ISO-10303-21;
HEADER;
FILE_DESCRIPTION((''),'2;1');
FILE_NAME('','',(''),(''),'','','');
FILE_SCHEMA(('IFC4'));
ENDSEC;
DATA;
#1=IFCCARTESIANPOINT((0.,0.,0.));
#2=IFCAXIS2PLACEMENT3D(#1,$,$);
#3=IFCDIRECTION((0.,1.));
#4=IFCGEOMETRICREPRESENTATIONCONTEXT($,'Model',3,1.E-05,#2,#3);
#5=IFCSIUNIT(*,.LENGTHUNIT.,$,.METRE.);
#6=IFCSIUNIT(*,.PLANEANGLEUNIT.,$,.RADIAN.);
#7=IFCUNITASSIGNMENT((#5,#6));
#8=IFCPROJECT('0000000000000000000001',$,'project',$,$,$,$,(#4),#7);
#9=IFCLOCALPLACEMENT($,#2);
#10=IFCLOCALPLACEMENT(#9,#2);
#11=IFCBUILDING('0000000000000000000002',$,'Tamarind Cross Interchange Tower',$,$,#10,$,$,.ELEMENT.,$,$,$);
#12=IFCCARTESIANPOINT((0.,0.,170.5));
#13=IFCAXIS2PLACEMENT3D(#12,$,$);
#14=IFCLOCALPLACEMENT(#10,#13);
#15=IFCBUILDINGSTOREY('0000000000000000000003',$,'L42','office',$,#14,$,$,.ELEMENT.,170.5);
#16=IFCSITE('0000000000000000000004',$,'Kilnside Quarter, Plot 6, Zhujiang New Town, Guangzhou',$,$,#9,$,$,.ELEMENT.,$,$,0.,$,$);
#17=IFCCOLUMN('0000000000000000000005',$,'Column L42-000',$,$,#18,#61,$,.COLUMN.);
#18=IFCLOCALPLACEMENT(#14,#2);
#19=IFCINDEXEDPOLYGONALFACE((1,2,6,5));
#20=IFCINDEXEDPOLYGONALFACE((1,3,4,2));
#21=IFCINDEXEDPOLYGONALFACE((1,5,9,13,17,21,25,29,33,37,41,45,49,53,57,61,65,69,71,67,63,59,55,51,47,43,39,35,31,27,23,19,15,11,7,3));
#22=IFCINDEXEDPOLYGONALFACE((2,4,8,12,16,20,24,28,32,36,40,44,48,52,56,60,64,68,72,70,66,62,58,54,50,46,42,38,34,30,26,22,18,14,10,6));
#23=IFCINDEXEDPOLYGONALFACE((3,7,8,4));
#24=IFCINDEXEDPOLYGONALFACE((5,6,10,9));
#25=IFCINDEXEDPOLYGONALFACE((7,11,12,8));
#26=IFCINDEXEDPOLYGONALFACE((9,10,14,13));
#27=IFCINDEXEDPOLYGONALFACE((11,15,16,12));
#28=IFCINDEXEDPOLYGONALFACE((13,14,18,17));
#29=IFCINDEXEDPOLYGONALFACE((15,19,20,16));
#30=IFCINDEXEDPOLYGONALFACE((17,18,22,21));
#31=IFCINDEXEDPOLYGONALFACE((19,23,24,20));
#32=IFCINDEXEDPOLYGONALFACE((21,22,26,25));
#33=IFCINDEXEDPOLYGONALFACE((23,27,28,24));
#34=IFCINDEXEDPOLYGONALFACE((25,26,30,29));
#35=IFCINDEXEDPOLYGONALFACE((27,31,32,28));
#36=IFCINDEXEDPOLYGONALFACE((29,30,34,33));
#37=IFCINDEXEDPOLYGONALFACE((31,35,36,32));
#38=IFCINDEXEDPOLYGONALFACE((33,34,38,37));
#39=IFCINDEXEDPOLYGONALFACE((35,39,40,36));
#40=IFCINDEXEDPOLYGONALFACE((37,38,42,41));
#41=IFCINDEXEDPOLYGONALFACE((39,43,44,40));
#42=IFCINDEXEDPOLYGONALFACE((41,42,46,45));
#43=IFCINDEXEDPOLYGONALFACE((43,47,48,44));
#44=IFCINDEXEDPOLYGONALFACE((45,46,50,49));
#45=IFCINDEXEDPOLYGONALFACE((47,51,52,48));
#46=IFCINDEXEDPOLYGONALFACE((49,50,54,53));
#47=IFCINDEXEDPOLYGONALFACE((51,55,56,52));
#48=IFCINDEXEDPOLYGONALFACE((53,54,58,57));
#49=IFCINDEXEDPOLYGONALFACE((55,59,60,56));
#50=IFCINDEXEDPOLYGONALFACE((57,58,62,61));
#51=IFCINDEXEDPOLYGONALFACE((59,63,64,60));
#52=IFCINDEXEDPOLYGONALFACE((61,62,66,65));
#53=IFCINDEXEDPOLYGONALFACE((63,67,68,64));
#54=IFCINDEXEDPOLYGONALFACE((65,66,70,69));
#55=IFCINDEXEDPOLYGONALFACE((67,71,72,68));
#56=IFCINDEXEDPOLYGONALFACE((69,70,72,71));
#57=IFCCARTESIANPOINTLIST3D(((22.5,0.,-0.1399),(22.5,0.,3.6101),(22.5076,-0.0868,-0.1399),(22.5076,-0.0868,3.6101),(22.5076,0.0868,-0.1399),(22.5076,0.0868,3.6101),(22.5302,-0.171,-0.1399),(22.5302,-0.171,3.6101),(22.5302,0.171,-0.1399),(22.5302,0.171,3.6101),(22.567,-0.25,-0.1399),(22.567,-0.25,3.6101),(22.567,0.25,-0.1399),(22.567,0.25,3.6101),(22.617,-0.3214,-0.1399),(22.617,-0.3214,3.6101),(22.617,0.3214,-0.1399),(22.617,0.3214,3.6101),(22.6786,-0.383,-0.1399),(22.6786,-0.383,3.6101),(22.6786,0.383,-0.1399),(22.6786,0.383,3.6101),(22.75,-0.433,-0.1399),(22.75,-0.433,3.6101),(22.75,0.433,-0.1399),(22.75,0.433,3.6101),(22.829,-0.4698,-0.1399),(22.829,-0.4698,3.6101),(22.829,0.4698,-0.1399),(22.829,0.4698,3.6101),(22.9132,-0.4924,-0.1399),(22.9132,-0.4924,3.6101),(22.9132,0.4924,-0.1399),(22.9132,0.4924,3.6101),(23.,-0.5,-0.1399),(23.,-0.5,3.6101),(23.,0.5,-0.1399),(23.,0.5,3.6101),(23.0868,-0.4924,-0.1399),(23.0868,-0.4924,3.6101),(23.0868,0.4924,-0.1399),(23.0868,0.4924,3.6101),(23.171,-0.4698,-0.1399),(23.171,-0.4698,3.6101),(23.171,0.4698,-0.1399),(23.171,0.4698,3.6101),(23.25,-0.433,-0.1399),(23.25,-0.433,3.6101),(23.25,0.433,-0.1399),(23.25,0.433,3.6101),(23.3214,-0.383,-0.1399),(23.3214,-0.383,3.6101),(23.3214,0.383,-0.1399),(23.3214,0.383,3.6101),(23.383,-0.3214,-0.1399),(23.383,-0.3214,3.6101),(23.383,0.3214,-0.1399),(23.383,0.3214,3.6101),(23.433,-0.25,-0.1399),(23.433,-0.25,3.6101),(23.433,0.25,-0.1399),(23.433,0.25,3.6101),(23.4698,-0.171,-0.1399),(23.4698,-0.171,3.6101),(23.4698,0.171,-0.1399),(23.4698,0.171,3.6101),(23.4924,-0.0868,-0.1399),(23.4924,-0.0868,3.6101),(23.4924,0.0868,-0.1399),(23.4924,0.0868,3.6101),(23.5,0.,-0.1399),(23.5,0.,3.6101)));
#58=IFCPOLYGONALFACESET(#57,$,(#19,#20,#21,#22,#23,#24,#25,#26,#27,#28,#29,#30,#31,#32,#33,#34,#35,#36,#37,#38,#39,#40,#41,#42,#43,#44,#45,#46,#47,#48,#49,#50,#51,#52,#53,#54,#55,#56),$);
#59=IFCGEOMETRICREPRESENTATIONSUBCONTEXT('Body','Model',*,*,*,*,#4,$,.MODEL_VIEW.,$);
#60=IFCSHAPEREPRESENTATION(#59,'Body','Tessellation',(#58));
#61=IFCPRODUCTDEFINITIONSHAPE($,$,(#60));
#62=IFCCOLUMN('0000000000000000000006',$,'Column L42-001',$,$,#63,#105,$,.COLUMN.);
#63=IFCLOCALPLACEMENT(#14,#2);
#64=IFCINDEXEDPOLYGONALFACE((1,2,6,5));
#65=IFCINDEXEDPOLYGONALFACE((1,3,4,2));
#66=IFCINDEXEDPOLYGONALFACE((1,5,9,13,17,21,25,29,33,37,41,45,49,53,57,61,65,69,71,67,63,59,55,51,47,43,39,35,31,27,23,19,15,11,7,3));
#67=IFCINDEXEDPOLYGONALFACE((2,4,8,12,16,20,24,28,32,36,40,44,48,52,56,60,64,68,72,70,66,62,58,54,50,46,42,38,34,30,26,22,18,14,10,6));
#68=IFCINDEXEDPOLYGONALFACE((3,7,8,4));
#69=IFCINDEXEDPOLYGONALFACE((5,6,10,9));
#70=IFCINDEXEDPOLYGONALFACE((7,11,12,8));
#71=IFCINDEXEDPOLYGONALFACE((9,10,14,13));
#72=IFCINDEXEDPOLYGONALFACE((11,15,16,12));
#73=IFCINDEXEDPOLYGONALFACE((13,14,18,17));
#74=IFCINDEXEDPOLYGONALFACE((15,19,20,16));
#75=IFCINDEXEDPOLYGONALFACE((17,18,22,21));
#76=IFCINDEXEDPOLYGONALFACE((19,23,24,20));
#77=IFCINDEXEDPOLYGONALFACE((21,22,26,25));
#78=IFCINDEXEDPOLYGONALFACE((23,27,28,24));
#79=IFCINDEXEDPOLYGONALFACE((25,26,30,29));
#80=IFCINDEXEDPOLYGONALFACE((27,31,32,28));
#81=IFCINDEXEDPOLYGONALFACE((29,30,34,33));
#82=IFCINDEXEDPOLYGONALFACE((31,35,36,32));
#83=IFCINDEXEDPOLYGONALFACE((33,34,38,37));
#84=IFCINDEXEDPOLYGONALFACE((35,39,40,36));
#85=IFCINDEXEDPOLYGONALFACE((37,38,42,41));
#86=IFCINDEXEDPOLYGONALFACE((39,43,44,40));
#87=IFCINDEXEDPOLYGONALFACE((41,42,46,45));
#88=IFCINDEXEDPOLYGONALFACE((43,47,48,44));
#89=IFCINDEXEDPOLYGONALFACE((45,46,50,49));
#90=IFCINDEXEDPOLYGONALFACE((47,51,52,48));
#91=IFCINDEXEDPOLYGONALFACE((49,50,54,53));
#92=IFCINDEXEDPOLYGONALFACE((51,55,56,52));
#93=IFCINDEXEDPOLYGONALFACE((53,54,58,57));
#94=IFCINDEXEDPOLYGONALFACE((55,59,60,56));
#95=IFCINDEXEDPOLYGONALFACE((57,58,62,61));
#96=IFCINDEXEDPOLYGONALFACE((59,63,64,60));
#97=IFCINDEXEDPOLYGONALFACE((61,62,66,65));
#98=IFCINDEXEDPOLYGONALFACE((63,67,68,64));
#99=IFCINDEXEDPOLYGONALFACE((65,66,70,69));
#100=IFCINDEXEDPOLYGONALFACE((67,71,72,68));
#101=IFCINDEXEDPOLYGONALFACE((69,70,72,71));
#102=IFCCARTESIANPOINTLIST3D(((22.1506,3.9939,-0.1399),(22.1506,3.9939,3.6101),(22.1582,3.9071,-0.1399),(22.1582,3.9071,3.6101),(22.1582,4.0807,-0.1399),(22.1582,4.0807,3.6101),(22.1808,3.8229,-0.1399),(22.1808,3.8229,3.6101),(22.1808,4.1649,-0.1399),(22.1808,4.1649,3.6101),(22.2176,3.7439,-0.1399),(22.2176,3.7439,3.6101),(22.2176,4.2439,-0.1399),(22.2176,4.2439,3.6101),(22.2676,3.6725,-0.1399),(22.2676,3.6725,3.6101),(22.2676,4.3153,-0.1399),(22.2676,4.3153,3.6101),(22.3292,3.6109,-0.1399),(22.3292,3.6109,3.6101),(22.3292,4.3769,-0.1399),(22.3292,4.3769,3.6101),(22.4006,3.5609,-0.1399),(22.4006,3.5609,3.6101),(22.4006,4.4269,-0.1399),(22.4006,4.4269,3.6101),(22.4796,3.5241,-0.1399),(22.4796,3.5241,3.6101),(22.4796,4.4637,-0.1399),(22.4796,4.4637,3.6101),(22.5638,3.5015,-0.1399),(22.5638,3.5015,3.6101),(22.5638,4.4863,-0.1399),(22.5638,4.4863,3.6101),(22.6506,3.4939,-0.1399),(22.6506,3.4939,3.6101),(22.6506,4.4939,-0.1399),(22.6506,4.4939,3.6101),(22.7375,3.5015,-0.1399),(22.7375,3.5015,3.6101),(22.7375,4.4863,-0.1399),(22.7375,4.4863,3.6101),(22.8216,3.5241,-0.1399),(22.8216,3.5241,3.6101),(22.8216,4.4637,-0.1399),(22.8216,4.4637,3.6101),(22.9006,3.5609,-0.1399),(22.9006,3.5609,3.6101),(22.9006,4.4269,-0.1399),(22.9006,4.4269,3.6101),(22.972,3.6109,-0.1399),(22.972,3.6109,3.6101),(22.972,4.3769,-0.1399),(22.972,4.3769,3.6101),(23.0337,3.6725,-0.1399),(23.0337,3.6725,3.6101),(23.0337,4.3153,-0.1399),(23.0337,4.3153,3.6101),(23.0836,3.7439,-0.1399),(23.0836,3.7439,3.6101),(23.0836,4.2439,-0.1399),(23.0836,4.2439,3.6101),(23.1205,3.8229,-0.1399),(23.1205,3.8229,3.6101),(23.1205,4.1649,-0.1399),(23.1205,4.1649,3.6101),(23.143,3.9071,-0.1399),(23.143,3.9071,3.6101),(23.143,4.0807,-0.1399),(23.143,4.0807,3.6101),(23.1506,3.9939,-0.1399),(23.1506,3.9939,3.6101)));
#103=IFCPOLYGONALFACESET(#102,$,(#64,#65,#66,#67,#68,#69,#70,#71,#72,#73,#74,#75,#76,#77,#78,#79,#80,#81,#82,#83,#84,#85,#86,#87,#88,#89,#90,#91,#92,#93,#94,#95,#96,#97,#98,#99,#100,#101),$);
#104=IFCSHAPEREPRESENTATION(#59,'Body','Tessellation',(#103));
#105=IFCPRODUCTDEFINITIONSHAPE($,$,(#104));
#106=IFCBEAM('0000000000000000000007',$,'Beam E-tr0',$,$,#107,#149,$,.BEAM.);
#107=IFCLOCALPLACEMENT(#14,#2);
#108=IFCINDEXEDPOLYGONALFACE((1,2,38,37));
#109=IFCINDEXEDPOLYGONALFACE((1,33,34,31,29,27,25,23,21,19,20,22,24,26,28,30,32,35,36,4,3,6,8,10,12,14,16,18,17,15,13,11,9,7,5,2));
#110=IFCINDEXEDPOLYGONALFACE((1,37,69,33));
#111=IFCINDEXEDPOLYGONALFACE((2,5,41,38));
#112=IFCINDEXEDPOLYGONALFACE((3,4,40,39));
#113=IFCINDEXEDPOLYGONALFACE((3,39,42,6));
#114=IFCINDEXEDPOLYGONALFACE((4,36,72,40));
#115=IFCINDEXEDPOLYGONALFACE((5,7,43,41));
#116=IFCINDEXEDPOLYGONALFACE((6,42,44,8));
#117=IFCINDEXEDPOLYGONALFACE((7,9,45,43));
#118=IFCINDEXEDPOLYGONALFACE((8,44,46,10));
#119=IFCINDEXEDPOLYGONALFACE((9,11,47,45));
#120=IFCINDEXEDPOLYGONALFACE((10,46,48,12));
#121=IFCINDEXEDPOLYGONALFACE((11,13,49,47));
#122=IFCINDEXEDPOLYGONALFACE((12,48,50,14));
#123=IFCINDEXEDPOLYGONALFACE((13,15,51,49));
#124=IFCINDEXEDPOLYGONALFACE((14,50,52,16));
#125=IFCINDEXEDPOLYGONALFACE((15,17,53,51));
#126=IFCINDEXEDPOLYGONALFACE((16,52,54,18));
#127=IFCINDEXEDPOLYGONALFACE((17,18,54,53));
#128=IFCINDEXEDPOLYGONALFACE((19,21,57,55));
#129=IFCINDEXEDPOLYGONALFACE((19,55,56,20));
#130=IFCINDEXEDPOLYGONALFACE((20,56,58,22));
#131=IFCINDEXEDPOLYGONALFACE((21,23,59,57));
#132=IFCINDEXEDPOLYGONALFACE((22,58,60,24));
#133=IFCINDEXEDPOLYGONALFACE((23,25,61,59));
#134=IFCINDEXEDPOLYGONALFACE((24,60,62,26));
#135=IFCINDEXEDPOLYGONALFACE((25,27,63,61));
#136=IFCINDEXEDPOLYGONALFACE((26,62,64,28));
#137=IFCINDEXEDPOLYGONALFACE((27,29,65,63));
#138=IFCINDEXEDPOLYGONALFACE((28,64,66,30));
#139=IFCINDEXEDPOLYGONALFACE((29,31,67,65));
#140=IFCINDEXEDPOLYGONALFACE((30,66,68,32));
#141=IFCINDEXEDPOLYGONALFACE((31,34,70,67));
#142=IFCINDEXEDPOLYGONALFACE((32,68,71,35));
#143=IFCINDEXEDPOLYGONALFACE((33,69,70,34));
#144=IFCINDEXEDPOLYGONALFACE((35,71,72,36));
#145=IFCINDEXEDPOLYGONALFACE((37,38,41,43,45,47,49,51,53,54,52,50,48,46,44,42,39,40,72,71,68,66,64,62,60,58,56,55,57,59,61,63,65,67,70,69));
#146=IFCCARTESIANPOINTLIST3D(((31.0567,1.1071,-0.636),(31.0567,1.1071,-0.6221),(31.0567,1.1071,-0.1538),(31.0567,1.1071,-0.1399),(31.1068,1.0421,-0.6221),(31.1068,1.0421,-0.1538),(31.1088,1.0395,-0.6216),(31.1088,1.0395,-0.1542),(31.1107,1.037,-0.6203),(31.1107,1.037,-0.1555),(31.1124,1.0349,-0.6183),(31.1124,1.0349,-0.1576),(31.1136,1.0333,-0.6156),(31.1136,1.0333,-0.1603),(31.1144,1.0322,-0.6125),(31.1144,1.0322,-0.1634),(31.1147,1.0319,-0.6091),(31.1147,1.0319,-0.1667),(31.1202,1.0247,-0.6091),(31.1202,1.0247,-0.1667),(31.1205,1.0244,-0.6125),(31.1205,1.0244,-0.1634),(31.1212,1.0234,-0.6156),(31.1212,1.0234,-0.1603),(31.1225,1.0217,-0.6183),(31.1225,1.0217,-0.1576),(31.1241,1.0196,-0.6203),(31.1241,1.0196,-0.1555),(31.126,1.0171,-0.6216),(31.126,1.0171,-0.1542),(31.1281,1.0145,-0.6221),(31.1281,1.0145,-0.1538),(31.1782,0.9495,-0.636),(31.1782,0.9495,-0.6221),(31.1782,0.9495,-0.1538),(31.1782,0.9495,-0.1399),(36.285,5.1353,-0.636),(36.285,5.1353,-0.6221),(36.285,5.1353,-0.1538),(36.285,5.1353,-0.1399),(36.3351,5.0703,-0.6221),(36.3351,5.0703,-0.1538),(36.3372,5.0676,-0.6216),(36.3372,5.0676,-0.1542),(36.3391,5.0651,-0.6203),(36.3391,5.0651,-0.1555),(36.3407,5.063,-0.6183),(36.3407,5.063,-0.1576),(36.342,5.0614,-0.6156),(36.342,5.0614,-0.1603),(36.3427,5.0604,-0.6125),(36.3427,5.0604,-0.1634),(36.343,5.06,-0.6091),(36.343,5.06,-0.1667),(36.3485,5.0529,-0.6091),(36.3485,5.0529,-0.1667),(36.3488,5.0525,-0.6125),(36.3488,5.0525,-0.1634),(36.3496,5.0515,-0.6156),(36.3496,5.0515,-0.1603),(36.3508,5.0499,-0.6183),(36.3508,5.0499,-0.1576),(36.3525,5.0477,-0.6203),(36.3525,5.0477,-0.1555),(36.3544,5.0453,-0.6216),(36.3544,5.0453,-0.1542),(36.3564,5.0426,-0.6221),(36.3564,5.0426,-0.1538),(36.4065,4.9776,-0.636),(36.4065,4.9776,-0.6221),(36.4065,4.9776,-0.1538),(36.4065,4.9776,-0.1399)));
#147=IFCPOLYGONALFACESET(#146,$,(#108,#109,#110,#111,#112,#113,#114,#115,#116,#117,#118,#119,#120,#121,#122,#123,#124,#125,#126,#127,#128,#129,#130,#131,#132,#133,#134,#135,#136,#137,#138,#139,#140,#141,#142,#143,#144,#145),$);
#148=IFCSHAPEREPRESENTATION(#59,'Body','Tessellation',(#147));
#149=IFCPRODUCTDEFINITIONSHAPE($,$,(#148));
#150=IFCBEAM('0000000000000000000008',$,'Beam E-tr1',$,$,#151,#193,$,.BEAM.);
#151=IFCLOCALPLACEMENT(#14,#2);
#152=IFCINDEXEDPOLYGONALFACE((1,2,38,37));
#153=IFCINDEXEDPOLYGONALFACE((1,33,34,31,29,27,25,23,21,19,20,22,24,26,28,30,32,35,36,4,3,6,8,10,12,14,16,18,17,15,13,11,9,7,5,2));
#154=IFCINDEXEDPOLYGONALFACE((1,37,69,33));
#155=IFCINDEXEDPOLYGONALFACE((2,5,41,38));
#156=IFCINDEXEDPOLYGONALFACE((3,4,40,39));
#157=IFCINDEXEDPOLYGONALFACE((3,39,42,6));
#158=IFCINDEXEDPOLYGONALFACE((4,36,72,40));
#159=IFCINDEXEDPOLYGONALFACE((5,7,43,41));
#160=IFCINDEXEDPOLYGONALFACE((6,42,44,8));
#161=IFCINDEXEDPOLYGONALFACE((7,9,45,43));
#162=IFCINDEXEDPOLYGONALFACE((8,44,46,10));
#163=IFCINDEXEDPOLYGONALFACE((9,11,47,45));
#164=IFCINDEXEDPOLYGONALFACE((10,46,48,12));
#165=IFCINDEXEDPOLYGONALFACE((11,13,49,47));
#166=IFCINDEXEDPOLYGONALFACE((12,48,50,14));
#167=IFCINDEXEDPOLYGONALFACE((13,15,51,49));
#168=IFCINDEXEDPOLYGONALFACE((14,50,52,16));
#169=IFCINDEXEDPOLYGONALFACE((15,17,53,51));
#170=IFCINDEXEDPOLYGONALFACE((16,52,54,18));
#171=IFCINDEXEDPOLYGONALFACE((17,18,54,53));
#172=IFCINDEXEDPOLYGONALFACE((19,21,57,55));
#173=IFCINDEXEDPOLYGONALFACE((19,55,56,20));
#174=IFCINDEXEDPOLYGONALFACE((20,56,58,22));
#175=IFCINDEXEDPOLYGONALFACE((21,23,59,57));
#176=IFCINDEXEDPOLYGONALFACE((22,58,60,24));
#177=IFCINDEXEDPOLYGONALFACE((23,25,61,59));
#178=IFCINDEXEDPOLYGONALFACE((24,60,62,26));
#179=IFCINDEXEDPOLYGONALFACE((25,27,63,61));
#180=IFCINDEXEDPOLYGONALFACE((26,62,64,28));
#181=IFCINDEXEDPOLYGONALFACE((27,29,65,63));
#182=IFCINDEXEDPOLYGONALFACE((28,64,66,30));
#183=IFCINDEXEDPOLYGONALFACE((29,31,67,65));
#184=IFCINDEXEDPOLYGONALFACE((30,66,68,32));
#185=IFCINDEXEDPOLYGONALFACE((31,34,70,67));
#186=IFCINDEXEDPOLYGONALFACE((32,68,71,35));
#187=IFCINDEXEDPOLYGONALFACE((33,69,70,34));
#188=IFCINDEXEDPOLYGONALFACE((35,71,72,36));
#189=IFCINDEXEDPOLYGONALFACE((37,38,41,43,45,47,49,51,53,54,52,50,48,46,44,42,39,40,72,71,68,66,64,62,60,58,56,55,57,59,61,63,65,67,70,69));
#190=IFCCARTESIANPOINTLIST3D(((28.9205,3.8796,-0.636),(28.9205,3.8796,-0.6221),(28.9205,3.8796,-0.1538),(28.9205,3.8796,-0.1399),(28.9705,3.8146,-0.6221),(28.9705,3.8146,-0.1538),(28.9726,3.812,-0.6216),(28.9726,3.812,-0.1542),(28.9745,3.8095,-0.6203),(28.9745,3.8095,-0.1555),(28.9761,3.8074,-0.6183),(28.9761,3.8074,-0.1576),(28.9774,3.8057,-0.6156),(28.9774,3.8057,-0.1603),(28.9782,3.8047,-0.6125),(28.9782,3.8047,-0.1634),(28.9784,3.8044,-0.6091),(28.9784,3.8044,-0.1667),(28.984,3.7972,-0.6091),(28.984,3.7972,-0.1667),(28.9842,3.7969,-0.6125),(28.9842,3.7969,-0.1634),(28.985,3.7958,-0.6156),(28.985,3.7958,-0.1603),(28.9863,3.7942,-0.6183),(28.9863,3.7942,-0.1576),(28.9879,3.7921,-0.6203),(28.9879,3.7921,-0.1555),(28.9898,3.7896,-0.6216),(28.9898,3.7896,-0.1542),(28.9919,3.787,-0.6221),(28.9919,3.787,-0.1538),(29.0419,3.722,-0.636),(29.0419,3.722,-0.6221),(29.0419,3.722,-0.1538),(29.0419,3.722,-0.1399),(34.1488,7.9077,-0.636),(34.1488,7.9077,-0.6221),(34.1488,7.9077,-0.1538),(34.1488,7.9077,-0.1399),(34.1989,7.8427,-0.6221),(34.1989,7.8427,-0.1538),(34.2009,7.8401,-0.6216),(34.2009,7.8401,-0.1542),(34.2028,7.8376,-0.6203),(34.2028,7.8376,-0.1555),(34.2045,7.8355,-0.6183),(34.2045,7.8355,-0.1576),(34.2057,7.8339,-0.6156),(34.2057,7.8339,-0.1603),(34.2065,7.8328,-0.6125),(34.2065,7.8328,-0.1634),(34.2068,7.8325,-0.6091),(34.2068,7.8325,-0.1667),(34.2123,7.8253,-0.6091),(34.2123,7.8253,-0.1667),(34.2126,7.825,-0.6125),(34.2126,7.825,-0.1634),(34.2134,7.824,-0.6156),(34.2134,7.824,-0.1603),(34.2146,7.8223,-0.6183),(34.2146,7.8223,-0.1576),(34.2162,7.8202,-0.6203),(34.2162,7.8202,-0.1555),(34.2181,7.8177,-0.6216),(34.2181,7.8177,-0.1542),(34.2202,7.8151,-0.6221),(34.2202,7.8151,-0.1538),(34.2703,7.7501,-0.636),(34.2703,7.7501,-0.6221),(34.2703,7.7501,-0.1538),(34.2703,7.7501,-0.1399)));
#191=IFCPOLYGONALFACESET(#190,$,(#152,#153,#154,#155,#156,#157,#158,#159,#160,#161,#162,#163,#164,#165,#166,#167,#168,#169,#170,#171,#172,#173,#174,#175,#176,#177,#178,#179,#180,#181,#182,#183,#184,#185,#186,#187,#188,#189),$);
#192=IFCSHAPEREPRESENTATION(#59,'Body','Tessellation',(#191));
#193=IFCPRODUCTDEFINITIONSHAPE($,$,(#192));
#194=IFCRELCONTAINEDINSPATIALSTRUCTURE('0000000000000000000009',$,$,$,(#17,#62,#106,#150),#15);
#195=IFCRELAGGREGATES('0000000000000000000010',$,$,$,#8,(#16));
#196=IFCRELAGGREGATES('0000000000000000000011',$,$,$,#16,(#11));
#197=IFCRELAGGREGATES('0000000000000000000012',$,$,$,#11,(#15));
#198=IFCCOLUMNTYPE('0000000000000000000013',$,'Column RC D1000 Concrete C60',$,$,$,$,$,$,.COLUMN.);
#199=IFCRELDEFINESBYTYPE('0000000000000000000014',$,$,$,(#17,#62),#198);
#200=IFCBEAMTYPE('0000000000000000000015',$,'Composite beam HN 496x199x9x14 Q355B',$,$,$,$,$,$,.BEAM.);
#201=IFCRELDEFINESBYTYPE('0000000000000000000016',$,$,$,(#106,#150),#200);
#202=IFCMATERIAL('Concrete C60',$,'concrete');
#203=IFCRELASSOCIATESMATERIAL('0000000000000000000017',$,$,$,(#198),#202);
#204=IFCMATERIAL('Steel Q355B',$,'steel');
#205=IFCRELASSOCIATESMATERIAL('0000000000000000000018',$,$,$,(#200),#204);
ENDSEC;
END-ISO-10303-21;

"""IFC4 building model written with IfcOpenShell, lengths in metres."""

from ifc_helpers import new_model, si_unit, direction, frame, origin, origin_2d, place, context, subcontext, project, spatial, circle, i_section, extrude, material, material_profile, profile_set, type_object, element, save


model = new_model("IFC4")

# Units and contexts
model_context = context("Model", 3, precision=1e-05, world=origin(), true_north=direction((0.0, 1.0)))
body_context = subcontext(model_context, "Body", "Model", "MODEL_VIEW")
ifc_project = project(units=[si_unit("LENGTHUNIT", "METRE"), si_unit("PLANEANGLEUNIT", "RADIAN")], contexts=[model_context])

# Site, building, storey
site_placement = place(None, origin())
site = spatial("IfcSite", under=ifc_project, at=site_placement, Name="Kilnside Quarter, Plot 6, Zhujiang New Town, Guangzhou", CompositionType="ELEMENT", RefElevation=0.0)
building_placement = place(site_placement, origin())
building = spatial("IfcBuilding", under=site, at=building_placement, Name="Tamarind Cross Interchange Tower", CompositionType="ELEMENT")
storey_placement = place(building_placement, frame((0.0, 0.0, 170.5)))
storey = spatial("IfcBuildingStorey", under=building, at=storey_placement, Name="L42", Description="office", CompositionType="ELEMENT", Elevation=170.5)

# Columns
ifc_material_1 = material(Name="Concrete C60", Category="concrete")
ifc_material_profile_1 = material_profile(ifc_material_1, circle(Radius=0.5, at=origin_2d()), Name="RC D1000")
ifc_profile_set_1 = profile_set([ifc_material_profile_1], Name="Concrete C60")
column_type = type_object("IfcColumnType", Name="Column RC D1000 Concrete C60", PredefinedType="COLUMN", material=ifc_profile_set_1)
for number, where, z_axis, x_axis, name in (
    (1, (23.0, 0.0, -0.1399), (0.0, 0.0, 1.0), (1.0, 0.0, 0.0), "Column L42-000"),
    (2, (22.6506, 3.9939, -0.1399), (0.0, 0.0, 1.0), (1.0, 0.0, 0.0), "Column L42-001"),
):
    element("IfcColumn", number, at=place(storey_placement, frame(where, z_axis=z_axis, x_axis=x_axis)), inside=storey, type_object=column_type, Name=name, PredefinedType="COLUMN", context=body_context, shape_type="SweptSolid", body=[
        extrude(circle(Radius=0.5, at=origin_2d()), origin(), (0.0, 0.0, 1.0), 3.75),
    ])

# Beams
ifc_material_2 = material(Name="Steel Q355B", Category="steel")
ifc_material_profile_2 = material_profile(ifc_material_2, i_section(OverallWidth=0.199, OverallDepth=0.4961, WebThickness=0.009, FlangeThickness=0.0139, FilletRadius=0.0129, at=origin_2d()), Name="HN 496x199x9x14")
ifc_profile_set_2 = profile_set([ifc_material_profile_2], Name="Steel Q355B")
beam_type_1 = type_object("IfcBeamType", Name="Composite beam HN 496x199x9x14 Q355B", PredefinedType="BEAM", material=ifc_profile_set_2)
for number, where, z_axis, x_axis, name in (
    (3, (31.1174, 1.0283, -0.3879), (0.79216, 0.610313, 0.0), (-0.610313, 0.79216, 0.0), "Beam E-tr0"),
    (4, (28.9812, 3.8008, -0.3879), (0.79216, 0.610313, 0.0), (-0.610313, 0.79216, 0.0), "Beam E-tr1"),
):
    element("IfcBeam", number, at=place(storey_placement, frame(where, z_axis=z_axis, x_axis=x_axis)), inside=storey, type_object=beam_type_1, Name=name, PredefinedType="BEAM", context=body_context, shape_type="SweptSolid", body=[
        extrude(i_section(OverallWidth=0.199, OverallDepth=0.4961, WebThickness=0.009, FlangeThickness=0.0139, FilletRadius=0.0129, at=origin_2d()), origin(), (0.0, 0.0, 1.0), 6.6001),
    ])

save(model, "model.ifc")
